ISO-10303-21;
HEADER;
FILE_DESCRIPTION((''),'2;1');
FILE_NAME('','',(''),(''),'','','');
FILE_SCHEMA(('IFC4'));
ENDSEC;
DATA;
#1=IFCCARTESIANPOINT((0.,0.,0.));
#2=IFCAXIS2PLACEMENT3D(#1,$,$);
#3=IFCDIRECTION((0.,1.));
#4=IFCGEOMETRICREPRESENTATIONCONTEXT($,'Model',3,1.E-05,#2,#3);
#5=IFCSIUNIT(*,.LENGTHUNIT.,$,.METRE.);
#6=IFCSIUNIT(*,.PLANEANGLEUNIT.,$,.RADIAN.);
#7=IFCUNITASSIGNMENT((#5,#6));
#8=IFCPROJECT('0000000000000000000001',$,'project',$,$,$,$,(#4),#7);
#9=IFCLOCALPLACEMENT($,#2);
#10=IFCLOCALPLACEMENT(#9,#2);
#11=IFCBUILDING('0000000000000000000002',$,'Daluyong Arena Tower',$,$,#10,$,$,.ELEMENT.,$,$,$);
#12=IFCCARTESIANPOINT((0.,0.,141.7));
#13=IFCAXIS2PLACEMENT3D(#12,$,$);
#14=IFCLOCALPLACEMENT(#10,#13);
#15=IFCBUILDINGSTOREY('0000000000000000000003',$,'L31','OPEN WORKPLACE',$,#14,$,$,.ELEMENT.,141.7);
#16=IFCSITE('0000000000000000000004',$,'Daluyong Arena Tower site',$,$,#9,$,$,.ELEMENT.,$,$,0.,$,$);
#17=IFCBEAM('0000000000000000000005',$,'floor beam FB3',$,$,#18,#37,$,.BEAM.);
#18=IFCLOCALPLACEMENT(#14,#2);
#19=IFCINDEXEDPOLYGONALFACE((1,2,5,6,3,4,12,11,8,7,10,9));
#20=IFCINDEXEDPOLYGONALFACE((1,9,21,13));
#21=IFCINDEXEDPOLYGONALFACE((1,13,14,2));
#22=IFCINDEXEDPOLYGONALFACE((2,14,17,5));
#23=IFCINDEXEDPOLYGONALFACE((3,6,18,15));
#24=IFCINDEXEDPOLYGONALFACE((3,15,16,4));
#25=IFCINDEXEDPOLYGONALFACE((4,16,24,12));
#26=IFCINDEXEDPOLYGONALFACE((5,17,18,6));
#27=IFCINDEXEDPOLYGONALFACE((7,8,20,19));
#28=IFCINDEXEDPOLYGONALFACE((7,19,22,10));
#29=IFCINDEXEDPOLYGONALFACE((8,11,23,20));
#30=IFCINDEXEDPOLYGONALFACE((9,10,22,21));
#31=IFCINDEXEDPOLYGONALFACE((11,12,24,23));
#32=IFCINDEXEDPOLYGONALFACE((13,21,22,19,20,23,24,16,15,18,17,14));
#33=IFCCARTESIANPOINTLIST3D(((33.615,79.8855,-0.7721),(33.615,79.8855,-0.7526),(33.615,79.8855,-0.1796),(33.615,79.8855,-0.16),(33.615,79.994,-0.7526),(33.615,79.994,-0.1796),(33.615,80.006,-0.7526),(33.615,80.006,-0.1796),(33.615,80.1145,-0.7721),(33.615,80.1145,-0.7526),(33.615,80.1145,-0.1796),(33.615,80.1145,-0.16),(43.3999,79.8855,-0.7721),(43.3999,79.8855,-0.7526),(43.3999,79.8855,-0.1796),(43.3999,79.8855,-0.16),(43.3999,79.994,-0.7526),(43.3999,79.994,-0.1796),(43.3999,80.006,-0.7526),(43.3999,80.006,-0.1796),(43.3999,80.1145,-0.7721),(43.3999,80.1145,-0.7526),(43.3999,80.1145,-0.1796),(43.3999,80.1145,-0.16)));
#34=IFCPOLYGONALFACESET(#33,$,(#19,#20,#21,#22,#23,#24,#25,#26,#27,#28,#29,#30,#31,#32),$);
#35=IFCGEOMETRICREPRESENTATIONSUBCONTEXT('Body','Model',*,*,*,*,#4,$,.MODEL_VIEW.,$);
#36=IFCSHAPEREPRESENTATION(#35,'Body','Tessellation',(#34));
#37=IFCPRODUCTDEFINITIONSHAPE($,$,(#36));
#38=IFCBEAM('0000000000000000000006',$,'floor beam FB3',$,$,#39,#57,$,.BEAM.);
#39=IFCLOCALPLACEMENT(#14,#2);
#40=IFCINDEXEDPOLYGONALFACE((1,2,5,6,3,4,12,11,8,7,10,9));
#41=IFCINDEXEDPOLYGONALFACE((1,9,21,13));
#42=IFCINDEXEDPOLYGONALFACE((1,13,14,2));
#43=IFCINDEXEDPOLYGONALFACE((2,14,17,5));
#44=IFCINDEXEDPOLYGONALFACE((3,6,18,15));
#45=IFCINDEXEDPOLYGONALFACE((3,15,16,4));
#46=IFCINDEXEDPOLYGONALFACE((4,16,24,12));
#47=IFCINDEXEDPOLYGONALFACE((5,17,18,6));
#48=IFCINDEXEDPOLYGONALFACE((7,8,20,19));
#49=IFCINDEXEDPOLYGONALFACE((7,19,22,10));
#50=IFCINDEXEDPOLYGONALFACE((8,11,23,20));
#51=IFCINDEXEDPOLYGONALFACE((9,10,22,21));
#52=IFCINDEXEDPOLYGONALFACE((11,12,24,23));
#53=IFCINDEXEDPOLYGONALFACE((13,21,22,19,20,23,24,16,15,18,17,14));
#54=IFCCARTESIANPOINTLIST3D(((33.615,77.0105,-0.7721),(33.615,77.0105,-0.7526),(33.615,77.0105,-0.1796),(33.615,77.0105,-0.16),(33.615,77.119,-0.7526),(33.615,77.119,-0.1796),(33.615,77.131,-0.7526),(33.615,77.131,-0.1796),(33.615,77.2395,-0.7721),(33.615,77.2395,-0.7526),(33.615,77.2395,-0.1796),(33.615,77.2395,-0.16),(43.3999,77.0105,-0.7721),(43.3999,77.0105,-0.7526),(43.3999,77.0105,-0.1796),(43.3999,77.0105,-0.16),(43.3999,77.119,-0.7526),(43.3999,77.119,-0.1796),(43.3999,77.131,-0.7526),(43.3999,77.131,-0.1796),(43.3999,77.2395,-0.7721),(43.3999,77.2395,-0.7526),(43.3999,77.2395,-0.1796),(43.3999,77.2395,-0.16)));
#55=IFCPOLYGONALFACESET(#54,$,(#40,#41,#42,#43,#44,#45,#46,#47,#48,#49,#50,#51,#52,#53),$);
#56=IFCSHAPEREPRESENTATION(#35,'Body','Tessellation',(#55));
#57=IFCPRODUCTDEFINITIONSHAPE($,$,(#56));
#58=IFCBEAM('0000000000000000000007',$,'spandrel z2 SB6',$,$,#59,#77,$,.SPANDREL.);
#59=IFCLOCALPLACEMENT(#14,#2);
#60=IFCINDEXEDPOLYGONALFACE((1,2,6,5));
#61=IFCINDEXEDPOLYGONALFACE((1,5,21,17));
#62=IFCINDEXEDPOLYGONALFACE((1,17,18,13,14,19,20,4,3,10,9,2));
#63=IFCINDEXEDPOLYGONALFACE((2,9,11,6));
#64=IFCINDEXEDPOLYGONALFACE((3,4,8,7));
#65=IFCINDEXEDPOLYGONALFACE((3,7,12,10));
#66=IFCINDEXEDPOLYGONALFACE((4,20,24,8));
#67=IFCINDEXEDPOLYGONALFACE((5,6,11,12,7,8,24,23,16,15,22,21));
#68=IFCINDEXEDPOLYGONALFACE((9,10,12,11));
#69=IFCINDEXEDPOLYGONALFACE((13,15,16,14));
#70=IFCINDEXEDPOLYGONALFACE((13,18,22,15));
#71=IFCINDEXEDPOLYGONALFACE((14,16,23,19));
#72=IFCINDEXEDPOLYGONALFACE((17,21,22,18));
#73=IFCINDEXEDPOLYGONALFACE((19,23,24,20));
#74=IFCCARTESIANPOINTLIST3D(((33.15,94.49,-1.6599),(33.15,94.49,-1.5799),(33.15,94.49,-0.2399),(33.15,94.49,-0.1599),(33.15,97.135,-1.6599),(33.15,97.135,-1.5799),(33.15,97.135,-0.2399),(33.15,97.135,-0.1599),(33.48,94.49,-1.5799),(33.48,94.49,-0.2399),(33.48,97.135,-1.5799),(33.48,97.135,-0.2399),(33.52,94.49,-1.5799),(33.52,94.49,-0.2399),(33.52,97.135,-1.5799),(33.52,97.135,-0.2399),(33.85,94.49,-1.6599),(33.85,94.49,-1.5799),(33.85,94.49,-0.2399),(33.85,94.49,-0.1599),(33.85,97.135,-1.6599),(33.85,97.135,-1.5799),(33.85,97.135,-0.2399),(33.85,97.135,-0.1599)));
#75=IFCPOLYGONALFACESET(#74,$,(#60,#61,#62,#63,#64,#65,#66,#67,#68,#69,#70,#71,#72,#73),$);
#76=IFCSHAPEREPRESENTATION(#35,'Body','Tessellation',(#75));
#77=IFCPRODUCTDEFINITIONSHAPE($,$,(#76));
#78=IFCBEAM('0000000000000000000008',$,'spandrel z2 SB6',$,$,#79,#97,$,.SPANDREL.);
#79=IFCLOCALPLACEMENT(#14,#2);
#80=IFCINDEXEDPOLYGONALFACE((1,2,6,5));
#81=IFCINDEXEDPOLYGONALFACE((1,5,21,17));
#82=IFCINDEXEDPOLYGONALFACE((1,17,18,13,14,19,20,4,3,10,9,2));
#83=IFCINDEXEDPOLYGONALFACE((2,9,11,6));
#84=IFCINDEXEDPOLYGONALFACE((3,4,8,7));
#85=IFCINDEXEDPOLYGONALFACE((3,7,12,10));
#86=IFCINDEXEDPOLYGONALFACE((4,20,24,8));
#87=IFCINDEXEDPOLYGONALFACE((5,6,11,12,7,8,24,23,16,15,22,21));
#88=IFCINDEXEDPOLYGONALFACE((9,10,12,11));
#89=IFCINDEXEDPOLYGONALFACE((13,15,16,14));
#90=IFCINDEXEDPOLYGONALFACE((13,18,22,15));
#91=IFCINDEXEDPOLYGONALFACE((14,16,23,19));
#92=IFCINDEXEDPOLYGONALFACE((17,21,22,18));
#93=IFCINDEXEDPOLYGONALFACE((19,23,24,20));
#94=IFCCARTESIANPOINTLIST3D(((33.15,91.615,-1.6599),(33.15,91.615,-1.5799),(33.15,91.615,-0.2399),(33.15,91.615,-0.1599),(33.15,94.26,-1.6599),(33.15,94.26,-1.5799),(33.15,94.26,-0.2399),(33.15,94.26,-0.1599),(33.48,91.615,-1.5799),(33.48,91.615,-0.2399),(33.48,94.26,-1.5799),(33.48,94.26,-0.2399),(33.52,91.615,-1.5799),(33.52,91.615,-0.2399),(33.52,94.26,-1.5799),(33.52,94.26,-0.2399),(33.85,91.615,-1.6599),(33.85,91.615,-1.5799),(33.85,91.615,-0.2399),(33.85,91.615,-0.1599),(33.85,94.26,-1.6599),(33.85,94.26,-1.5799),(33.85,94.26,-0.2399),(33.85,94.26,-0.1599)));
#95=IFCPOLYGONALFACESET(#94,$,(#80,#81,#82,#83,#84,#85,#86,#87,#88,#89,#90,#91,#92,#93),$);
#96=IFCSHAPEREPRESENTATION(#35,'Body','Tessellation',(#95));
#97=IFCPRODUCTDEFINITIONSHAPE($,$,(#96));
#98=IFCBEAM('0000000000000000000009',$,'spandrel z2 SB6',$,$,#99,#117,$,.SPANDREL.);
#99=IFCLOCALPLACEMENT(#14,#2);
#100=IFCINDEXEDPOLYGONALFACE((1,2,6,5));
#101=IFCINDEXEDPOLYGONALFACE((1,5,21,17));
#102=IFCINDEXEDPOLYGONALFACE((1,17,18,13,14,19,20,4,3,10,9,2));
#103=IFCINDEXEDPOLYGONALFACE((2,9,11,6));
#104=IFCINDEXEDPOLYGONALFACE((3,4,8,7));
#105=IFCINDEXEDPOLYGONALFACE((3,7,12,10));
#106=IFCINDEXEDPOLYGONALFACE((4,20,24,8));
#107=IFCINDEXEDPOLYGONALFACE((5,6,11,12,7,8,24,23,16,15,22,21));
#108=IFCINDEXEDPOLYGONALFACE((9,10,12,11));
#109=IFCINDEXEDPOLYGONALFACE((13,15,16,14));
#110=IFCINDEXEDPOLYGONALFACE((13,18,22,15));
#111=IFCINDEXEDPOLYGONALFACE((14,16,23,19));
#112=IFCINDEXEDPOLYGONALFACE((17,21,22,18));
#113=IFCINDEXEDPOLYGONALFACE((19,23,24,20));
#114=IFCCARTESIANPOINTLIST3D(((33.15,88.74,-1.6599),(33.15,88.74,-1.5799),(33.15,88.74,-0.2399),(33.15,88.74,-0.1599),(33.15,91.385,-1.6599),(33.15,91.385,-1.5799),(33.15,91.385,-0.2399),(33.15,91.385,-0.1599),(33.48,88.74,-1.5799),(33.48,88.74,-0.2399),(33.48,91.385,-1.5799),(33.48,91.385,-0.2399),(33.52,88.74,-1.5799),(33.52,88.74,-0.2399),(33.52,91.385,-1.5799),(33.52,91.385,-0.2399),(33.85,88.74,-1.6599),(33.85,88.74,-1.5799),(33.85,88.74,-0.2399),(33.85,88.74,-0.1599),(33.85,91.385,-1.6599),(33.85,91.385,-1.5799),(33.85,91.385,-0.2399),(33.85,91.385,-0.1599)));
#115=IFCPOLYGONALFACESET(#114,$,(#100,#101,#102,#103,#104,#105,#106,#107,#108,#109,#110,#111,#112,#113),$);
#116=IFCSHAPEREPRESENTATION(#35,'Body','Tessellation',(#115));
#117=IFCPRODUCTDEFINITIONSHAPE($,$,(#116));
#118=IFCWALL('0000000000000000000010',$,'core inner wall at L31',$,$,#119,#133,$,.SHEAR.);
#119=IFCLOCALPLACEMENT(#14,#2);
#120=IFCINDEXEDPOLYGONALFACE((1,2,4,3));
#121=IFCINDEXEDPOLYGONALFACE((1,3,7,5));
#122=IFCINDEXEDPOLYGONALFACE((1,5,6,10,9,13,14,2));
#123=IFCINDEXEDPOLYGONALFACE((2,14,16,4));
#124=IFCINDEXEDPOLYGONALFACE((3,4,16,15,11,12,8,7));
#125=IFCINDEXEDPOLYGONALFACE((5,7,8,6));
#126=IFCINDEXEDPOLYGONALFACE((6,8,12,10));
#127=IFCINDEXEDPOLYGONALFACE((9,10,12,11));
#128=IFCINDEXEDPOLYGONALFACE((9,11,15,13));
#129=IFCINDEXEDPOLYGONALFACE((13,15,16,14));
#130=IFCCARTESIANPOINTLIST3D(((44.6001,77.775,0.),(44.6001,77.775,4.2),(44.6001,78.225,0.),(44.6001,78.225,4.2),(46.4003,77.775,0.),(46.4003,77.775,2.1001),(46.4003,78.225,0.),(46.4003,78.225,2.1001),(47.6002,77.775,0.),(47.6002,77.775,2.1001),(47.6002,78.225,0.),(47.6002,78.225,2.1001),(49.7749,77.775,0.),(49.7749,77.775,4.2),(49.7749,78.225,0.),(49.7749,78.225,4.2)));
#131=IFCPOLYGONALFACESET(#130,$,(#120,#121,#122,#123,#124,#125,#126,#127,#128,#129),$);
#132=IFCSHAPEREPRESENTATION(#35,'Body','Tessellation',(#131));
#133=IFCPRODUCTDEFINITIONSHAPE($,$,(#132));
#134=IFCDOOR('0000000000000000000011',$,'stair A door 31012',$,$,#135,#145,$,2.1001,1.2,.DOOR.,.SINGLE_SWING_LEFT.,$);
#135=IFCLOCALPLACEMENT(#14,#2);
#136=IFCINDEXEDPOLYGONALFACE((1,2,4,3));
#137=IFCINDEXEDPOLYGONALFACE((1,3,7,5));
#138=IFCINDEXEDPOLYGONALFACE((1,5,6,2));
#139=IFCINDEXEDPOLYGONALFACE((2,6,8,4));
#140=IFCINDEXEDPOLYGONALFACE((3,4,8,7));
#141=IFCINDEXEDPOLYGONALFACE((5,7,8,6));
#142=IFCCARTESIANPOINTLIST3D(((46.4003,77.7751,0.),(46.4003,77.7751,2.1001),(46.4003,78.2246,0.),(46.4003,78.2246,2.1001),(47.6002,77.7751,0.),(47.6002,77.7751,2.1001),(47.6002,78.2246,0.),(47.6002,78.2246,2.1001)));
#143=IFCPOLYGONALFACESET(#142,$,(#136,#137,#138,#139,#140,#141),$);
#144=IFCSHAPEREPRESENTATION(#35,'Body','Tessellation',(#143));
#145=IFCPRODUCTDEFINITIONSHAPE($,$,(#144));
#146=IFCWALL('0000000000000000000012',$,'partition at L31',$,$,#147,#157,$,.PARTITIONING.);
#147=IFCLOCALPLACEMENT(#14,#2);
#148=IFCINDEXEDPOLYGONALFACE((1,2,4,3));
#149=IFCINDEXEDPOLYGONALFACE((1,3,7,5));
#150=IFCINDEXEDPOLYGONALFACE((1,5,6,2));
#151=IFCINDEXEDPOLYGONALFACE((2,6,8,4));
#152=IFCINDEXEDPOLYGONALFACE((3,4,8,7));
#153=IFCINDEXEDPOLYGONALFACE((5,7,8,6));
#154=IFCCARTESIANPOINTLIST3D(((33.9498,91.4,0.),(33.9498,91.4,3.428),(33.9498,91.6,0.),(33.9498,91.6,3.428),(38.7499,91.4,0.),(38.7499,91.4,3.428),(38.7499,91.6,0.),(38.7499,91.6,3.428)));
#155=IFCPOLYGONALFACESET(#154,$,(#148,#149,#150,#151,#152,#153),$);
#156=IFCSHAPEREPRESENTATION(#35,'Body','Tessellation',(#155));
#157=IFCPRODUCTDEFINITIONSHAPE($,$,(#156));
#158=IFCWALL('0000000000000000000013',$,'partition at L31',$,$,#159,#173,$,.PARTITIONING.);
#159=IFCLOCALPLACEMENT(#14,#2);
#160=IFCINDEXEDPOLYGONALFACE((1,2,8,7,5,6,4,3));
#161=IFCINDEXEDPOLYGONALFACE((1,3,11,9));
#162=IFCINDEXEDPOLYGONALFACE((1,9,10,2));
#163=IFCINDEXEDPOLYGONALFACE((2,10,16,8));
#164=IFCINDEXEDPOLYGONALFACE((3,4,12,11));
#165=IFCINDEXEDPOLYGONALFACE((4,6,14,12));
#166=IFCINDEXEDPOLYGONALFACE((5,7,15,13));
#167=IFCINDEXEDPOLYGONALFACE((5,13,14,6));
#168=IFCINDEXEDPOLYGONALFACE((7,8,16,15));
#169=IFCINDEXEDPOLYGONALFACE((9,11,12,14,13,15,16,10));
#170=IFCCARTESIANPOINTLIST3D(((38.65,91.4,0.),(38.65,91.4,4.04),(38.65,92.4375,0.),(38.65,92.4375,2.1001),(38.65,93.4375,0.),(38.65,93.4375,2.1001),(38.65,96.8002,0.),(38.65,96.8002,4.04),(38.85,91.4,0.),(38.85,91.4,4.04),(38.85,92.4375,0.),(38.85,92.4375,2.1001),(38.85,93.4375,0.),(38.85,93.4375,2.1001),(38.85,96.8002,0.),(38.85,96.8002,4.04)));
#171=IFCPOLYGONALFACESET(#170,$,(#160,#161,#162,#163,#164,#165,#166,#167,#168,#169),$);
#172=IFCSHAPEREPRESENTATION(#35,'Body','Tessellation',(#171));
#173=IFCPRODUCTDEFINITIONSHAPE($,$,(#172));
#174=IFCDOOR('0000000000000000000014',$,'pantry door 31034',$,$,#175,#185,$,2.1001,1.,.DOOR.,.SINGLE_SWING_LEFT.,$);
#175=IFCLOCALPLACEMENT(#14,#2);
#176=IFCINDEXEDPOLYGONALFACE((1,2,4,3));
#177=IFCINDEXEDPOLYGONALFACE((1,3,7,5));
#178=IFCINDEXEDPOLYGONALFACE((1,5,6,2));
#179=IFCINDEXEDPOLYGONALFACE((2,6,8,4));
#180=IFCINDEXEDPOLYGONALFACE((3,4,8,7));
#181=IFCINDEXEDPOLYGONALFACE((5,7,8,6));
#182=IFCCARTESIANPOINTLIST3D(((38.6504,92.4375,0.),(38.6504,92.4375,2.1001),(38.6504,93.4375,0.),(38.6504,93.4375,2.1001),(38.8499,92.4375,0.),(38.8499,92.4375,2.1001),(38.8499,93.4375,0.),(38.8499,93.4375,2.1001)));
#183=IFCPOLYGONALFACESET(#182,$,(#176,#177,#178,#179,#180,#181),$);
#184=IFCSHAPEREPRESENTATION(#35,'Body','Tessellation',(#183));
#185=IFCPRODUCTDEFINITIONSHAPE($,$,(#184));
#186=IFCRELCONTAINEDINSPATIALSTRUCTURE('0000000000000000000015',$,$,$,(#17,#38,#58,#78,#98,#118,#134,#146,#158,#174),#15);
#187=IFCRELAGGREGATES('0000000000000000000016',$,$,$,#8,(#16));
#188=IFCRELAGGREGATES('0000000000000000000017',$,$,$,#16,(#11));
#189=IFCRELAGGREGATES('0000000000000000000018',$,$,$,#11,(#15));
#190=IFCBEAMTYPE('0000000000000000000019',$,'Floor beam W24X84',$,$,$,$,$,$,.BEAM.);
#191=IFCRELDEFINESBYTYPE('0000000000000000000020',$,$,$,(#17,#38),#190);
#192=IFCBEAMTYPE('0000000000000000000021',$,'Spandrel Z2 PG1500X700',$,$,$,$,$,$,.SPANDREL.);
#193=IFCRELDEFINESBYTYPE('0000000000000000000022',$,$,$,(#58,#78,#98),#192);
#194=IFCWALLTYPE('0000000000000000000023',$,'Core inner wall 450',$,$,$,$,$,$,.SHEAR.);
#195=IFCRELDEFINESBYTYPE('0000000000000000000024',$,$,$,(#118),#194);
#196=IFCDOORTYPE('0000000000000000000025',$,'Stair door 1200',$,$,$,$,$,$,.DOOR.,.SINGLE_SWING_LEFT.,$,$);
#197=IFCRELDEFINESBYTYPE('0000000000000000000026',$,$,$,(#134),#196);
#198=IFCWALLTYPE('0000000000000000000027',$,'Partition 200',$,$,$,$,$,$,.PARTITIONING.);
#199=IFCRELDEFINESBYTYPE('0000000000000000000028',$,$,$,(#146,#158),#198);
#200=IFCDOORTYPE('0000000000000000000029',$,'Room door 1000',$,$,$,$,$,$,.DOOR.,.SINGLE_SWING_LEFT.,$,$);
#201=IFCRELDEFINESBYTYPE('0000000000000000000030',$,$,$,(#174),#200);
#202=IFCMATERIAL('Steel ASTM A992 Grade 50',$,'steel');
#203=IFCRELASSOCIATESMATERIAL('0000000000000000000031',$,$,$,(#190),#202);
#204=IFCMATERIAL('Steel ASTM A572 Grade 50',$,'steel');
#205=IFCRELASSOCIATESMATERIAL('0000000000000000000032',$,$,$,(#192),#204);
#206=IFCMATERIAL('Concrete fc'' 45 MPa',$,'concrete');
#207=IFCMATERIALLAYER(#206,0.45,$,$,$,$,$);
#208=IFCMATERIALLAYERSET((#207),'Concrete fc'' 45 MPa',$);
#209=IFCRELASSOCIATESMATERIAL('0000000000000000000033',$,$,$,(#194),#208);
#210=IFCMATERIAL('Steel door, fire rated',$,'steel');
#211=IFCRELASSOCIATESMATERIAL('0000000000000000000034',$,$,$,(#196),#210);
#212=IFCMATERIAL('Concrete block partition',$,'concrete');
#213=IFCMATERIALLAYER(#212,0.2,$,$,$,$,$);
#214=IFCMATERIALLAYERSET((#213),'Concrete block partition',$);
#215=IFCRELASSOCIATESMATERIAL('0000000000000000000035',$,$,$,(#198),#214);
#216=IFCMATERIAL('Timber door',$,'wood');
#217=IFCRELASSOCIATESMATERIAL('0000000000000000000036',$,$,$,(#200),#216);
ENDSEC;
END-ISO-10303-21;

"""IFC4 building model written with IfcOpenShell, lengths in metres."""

from ifc_helpers import new_model, si_unit, direction, frame, frame_2d, origin, origin_2d, place, context, subcontext, project, spatial, rectangle, i_section, extrude, material, layer, layer_set, material_profile, profile_set, type_object, element, fill, save


model = new_model("IFC4")

# Units and contexts
model_context = context("Model", 3, precision=1e-05, world=origin(), true_north=direction((0.0, 1.0)))
body_context = subcontext(model_context, "Body", "Model", "MODEL_VIEW")
ifc_project = project(units=[si_unit("LENGTHUNIT", "METRE"), si_unit("PLANEANGLEUNIT", "RADIAN")], contexts=[model_context])

# Site, building, storey
site_placement = place(None, origin())
site = spatial("IfcSite", under=ifc_project, at=site_placement, Name="Daluyong Arena Tower site", CompositionType="ELEMENT", RefElevation=0.0)
building_placement = place(site_placement, origin())
building = spatial("IfcBuilding", under=site, at=building_placement, Name="Daluyong Arena Tower", CompositionType="ELEMENT")
storey_placement = place(building_placement, frame((0.0, 0.0, 141.7)))
storey = spatial("IfcBuildingStorey", under=building, at=storey_placement, Name="L31", Description="OPEN WORKPLACE", CompositionType="ELEMENT", Elevation=141.7)

# Beams
ifc_material_1 = material(Name="Steel ASTM A992 Grade 50", Category="steel")
ifc_material_profile_1 = material_profile(ifc_material_1, i_section(OverallWidth=0.229, OverallDepth=0.6121, WebThickness=0.012, FlangeThickness=0.0195, at=origin_2d()))
ifc_profile_set_1 = profile_set([ifc_material_profile_1], Name="Steel ASTM A992 Grade 50")
beam_type_1 = type_object("IfcBeamType", Name="Floor beam W24X84", PredefinedType="BEAM", material=ifc_profile_set_1)
for number, where, z_axis, x_axis, name in (
    (1, (33.615, 80.0, -0.4661), (1.0, 0.0, 0.0), (0.0, 1.0, 0.0), "floor beam FB3"),
    (2, (33.615, 77.125, -0.4661), (1.0, 0.0, 0.0), (0.0, 1.0, 0.0), "floor beam FB3"),
):
    element("IfcBeam", number, at=place(storey_placement, frame(where, z_axis=z_axis, x_axis=x_axis)), inside=storey, type_object=beam_type_1, Name=name, PredefinedType="BEAM", context=body_context, shape_type="SweptSolid", body=[
        extrude(i_section(OverallWidth=0.229, OverallDepth=0.6121, WebThickness=0.012, FlangeThickness=0.0195, at=origin_2d()), origin(), (0.0, 0.0, 1.0), 9.7849),
    ])
ifc_material_2 = material(Name="Steel ASTM A572 Grade 50", Category="steel")
ifc_material_profile_2 = material_profile(ifc_material_2, i_section(OverallWidth=0.7, OverallDepth=1.5, WebThickness=0.04, FlangeThickness=0.08, at=origin_2d()))
ifc_profile_set_2 = profile_set([ifc_material_profile_2], Name="Steel ASTM A572 Grade 50")
beam_type_2 = type_object("IfcBeamType", Name="Spandrel Z2 PG1500X700", PredefinedType="SPANDREL", material=ifc_profile_set_2)
for number, where, z_axis, x_axis, name in (
    (3, (33.5, 97.135, -0.9099), (0.0, -1.0, 0.0), (1.0, 0.0, 0.0), "spandrel z2 SB6"),
    (4, (33.5, 94.26, -0.9099), (0.0, -1.0, 0.0), (1.0, 0.0, 0.0), "spandrel z2 SB6"),
    (5, (33.5, 91.385, -0.9099), (0.0, -1.0, 0.0), (1.0, 0.0, 0.0), "spandrel z2 SB6"),
):
    element("IfcBeam", number, at=place(storey_placement, frame(where, z_axis=z_axis, x_axis=x_axis)), inside=storey, type_object=beam_type_2, Name=name, PredefinedType="SPANDREL", context=body_context, shape_type="SweptSolid", body=[
        extrude(i_section(OverallWidth=0.7, OverallDepth=1.5, WebThickness=0.04, FlangeThickness=0.08, at=origin_2d()), origin(), (0.0, 0.0, 1.0), 2.645),
    ])

# Wall, opening, door
ifc_material_3 = material(Name="Concrete fc' 45 MPa", Category="concrete")
ifc_layer_1 = layer(ifc_material_3, 0.45)
ifc_layer_set_1 = layer_set([ifc_layer_1], Name="Concrete fc' 45 MPa")
wall_type_1 = type_object("IfcWallType", Name="Core inner wall 450", PredefinedType="SHEAR", material=ifc_layer_set_1)
wall_1_placement = place(storey_placement, frame((44.6001, 78.0, 0.0), z_axis=(0.0, 0.0, 1.0), x_axis=(1.0, 0.0, 0.0)))
wall_1 = element("IfcWall", 6, at=wall_1_placement, inside=storey, type_object=wall_type_1, Name="core inner wall at L31", PredefinedType="SHEAR", context=body_context, shape_type="SweptSolid", body=[
    extrude(rectangle(XDim=5.1748, YDim=0.45, at=frame_2d((2.5874, 0.0))), origin(), (0.0, 0.0, 1.0), 4.2),
])
opening_1_placement = place(wall_1_placement, frame((1.8, 0.0, 0.0)))
opening_1 = element("IfcOpeningElement", 7, at=opening_1_placement, cuts=wall_1, PredefinedType="OPENING", context=body_context, shape_type="SweptSolid", body=[
    extrude(rectangle(XDim=1.2, YDim=2.1001, at=frame_2d((0.6001, 1.05))), frame((0.0, 0.2349, 0.0), z_axis=(0.0, -1.0, 0.0), x_axis=(1.0, 0.0, 0.0)), (0.0, 0.0, 1.0), 0.47),
])
ifc_material_4 = material(Name="Steel door, fire rated", Category="steel")
door_type_1 = type_object("IfcDoorType", Name="Stair door 1200", OperationType="SINGLE_SWING_LEFT", PredefinedType="DOOR", material=ifc_material_4)
door_1_placement = place(opening_1_placement, origin())
door_1 = element("IfcDoor", 8, at=door_1_placement, inside=storey, type_object=door_type_1, Name="stair A door 31012", OperationType="SINGLE_SWING_LEFT", OverallHeight=2.1001, OverallWidth=1.2, PredefinedType="DOOR", context=body_context, shape_type="SweptSolid", body=[
    extrude(rectangle(XDim=1.2, YDim=2.1001, at=frame_2d((0.6001, 1.05))), frame((0.0, 0.2246, 0.0), z_axis=(0.0, -1.0, 0.0), x_axis=(1.0, 0.0, 0.0)), (0.0, 0.0, 1.0), 0.4495),
])
fill(opening_1, door_1)

# Wall
ifc_material_5 = material(Name="Concrete block partition", Category="concrete")
ifc_layer_2 = layer(ifc_material_5, 0.2)
ifc_layer_set_2 = layer_set([ifc_layer_2], Name="Concrete block partition")
wall_type_2 = type_object("IfcWallType", Name="Partition 200", PredefinedType="PARTITIONING", material=ifc_layer_set_2)
wall_2_placement = place(storey_placement, frame((33.95, 91.5, 0.0), z_axis=(0.0, 0.0, 1.0), x_axis=(1.0, 0.0, 0.0)))
element("IfcWall", 9, at=wall_2_placement, inside=storey, type_object=wall_type_2, Name="partition at L31", PredefinedType="PARTITIONING", context=body_context, shape_type="SweptSolid", body=[
    extrude(rectangle(XDim=4.8, YDim=0.2, at=frame_2d((2.3999, 0.0))), origin(), (0.0, 0.0, 1.0), 3.428),
])

# Wall, opening, door
wall_3_placement = place(storey_placement, frame((38.75, 91.3999, 0.0), z_axis=(0.0, 0.0, 1.0), x_axis=(0.0, 1.0, 0.0)))
wall_3 = element("IfcWall", 10, at=wall_3_placement, inside=storey, type_object=wall_type_2, Name="partition at L31", PredefinedType="PARTITIONING", context=body_context, shape_type="SweptSolid", body=[
    extrude(rectangle(XDim=5.4001, YDim=0.2, at=frame_2d((2.7002, 0.0))), origin(), (0.0, 0.0, 1.0), 4.04),
])
opening_2_placement = place(wall_3_placement, frame((1.0376, 0.0, 0.0)))
opening_2 = element("IfcOpeningElement", 11, at=opening_2_placement, cuts=wall_3, PredefinedType="OPENING", context=body_context, shape_type="SweptSolid", body=[
    extrude(rectangle(XDim=1.0, YDim=2.1001, at=frame_2d((0.5, 1.05))), frame((0.0, 0.1099, 0.0), z_axis=(0.0, -1.0, 0.0), x_axis=(1.0, 0.0, 0.0)), (0.0, 0.0, 1.0), 0.22),
])
ifc_material_6 = material(Name="Timber door", Category="wood")
door_type_2 = type_object("IfcDoorType", Name="Room door 1000", OperationType="SINGLE_SWING_LEFT", PredefinedType="DOOR", material=ifc_material_6)
door_2_placement = place(opening_2_placement, origin())
door_2 = element("IfcDoor", 12, at=door_2_placement, inside=storey, type_object=door_type_2, Name="pantry door 31034", OperationType="SINGLE_SWING_LEFT", OverallHeight=2.1001, OverallWidth=1.0, PredefinedType="DOOR", context=body_context, shape_type="SweptSolid", body=[
    extrude(rectangle(XDim=1.0, YDim=2.1001, at=frame_2d((0.5, 1.05))), frame((0.0, 0.0996, 0.0), z_axis=(0.0, -1.0, 0.0), x_axis=(1.0, 0.0, 0.0)), (0.0, 0.0, 1.0), 0.1995),
])
fill(opening_2, door_2)

save(model, "model.ifc")
